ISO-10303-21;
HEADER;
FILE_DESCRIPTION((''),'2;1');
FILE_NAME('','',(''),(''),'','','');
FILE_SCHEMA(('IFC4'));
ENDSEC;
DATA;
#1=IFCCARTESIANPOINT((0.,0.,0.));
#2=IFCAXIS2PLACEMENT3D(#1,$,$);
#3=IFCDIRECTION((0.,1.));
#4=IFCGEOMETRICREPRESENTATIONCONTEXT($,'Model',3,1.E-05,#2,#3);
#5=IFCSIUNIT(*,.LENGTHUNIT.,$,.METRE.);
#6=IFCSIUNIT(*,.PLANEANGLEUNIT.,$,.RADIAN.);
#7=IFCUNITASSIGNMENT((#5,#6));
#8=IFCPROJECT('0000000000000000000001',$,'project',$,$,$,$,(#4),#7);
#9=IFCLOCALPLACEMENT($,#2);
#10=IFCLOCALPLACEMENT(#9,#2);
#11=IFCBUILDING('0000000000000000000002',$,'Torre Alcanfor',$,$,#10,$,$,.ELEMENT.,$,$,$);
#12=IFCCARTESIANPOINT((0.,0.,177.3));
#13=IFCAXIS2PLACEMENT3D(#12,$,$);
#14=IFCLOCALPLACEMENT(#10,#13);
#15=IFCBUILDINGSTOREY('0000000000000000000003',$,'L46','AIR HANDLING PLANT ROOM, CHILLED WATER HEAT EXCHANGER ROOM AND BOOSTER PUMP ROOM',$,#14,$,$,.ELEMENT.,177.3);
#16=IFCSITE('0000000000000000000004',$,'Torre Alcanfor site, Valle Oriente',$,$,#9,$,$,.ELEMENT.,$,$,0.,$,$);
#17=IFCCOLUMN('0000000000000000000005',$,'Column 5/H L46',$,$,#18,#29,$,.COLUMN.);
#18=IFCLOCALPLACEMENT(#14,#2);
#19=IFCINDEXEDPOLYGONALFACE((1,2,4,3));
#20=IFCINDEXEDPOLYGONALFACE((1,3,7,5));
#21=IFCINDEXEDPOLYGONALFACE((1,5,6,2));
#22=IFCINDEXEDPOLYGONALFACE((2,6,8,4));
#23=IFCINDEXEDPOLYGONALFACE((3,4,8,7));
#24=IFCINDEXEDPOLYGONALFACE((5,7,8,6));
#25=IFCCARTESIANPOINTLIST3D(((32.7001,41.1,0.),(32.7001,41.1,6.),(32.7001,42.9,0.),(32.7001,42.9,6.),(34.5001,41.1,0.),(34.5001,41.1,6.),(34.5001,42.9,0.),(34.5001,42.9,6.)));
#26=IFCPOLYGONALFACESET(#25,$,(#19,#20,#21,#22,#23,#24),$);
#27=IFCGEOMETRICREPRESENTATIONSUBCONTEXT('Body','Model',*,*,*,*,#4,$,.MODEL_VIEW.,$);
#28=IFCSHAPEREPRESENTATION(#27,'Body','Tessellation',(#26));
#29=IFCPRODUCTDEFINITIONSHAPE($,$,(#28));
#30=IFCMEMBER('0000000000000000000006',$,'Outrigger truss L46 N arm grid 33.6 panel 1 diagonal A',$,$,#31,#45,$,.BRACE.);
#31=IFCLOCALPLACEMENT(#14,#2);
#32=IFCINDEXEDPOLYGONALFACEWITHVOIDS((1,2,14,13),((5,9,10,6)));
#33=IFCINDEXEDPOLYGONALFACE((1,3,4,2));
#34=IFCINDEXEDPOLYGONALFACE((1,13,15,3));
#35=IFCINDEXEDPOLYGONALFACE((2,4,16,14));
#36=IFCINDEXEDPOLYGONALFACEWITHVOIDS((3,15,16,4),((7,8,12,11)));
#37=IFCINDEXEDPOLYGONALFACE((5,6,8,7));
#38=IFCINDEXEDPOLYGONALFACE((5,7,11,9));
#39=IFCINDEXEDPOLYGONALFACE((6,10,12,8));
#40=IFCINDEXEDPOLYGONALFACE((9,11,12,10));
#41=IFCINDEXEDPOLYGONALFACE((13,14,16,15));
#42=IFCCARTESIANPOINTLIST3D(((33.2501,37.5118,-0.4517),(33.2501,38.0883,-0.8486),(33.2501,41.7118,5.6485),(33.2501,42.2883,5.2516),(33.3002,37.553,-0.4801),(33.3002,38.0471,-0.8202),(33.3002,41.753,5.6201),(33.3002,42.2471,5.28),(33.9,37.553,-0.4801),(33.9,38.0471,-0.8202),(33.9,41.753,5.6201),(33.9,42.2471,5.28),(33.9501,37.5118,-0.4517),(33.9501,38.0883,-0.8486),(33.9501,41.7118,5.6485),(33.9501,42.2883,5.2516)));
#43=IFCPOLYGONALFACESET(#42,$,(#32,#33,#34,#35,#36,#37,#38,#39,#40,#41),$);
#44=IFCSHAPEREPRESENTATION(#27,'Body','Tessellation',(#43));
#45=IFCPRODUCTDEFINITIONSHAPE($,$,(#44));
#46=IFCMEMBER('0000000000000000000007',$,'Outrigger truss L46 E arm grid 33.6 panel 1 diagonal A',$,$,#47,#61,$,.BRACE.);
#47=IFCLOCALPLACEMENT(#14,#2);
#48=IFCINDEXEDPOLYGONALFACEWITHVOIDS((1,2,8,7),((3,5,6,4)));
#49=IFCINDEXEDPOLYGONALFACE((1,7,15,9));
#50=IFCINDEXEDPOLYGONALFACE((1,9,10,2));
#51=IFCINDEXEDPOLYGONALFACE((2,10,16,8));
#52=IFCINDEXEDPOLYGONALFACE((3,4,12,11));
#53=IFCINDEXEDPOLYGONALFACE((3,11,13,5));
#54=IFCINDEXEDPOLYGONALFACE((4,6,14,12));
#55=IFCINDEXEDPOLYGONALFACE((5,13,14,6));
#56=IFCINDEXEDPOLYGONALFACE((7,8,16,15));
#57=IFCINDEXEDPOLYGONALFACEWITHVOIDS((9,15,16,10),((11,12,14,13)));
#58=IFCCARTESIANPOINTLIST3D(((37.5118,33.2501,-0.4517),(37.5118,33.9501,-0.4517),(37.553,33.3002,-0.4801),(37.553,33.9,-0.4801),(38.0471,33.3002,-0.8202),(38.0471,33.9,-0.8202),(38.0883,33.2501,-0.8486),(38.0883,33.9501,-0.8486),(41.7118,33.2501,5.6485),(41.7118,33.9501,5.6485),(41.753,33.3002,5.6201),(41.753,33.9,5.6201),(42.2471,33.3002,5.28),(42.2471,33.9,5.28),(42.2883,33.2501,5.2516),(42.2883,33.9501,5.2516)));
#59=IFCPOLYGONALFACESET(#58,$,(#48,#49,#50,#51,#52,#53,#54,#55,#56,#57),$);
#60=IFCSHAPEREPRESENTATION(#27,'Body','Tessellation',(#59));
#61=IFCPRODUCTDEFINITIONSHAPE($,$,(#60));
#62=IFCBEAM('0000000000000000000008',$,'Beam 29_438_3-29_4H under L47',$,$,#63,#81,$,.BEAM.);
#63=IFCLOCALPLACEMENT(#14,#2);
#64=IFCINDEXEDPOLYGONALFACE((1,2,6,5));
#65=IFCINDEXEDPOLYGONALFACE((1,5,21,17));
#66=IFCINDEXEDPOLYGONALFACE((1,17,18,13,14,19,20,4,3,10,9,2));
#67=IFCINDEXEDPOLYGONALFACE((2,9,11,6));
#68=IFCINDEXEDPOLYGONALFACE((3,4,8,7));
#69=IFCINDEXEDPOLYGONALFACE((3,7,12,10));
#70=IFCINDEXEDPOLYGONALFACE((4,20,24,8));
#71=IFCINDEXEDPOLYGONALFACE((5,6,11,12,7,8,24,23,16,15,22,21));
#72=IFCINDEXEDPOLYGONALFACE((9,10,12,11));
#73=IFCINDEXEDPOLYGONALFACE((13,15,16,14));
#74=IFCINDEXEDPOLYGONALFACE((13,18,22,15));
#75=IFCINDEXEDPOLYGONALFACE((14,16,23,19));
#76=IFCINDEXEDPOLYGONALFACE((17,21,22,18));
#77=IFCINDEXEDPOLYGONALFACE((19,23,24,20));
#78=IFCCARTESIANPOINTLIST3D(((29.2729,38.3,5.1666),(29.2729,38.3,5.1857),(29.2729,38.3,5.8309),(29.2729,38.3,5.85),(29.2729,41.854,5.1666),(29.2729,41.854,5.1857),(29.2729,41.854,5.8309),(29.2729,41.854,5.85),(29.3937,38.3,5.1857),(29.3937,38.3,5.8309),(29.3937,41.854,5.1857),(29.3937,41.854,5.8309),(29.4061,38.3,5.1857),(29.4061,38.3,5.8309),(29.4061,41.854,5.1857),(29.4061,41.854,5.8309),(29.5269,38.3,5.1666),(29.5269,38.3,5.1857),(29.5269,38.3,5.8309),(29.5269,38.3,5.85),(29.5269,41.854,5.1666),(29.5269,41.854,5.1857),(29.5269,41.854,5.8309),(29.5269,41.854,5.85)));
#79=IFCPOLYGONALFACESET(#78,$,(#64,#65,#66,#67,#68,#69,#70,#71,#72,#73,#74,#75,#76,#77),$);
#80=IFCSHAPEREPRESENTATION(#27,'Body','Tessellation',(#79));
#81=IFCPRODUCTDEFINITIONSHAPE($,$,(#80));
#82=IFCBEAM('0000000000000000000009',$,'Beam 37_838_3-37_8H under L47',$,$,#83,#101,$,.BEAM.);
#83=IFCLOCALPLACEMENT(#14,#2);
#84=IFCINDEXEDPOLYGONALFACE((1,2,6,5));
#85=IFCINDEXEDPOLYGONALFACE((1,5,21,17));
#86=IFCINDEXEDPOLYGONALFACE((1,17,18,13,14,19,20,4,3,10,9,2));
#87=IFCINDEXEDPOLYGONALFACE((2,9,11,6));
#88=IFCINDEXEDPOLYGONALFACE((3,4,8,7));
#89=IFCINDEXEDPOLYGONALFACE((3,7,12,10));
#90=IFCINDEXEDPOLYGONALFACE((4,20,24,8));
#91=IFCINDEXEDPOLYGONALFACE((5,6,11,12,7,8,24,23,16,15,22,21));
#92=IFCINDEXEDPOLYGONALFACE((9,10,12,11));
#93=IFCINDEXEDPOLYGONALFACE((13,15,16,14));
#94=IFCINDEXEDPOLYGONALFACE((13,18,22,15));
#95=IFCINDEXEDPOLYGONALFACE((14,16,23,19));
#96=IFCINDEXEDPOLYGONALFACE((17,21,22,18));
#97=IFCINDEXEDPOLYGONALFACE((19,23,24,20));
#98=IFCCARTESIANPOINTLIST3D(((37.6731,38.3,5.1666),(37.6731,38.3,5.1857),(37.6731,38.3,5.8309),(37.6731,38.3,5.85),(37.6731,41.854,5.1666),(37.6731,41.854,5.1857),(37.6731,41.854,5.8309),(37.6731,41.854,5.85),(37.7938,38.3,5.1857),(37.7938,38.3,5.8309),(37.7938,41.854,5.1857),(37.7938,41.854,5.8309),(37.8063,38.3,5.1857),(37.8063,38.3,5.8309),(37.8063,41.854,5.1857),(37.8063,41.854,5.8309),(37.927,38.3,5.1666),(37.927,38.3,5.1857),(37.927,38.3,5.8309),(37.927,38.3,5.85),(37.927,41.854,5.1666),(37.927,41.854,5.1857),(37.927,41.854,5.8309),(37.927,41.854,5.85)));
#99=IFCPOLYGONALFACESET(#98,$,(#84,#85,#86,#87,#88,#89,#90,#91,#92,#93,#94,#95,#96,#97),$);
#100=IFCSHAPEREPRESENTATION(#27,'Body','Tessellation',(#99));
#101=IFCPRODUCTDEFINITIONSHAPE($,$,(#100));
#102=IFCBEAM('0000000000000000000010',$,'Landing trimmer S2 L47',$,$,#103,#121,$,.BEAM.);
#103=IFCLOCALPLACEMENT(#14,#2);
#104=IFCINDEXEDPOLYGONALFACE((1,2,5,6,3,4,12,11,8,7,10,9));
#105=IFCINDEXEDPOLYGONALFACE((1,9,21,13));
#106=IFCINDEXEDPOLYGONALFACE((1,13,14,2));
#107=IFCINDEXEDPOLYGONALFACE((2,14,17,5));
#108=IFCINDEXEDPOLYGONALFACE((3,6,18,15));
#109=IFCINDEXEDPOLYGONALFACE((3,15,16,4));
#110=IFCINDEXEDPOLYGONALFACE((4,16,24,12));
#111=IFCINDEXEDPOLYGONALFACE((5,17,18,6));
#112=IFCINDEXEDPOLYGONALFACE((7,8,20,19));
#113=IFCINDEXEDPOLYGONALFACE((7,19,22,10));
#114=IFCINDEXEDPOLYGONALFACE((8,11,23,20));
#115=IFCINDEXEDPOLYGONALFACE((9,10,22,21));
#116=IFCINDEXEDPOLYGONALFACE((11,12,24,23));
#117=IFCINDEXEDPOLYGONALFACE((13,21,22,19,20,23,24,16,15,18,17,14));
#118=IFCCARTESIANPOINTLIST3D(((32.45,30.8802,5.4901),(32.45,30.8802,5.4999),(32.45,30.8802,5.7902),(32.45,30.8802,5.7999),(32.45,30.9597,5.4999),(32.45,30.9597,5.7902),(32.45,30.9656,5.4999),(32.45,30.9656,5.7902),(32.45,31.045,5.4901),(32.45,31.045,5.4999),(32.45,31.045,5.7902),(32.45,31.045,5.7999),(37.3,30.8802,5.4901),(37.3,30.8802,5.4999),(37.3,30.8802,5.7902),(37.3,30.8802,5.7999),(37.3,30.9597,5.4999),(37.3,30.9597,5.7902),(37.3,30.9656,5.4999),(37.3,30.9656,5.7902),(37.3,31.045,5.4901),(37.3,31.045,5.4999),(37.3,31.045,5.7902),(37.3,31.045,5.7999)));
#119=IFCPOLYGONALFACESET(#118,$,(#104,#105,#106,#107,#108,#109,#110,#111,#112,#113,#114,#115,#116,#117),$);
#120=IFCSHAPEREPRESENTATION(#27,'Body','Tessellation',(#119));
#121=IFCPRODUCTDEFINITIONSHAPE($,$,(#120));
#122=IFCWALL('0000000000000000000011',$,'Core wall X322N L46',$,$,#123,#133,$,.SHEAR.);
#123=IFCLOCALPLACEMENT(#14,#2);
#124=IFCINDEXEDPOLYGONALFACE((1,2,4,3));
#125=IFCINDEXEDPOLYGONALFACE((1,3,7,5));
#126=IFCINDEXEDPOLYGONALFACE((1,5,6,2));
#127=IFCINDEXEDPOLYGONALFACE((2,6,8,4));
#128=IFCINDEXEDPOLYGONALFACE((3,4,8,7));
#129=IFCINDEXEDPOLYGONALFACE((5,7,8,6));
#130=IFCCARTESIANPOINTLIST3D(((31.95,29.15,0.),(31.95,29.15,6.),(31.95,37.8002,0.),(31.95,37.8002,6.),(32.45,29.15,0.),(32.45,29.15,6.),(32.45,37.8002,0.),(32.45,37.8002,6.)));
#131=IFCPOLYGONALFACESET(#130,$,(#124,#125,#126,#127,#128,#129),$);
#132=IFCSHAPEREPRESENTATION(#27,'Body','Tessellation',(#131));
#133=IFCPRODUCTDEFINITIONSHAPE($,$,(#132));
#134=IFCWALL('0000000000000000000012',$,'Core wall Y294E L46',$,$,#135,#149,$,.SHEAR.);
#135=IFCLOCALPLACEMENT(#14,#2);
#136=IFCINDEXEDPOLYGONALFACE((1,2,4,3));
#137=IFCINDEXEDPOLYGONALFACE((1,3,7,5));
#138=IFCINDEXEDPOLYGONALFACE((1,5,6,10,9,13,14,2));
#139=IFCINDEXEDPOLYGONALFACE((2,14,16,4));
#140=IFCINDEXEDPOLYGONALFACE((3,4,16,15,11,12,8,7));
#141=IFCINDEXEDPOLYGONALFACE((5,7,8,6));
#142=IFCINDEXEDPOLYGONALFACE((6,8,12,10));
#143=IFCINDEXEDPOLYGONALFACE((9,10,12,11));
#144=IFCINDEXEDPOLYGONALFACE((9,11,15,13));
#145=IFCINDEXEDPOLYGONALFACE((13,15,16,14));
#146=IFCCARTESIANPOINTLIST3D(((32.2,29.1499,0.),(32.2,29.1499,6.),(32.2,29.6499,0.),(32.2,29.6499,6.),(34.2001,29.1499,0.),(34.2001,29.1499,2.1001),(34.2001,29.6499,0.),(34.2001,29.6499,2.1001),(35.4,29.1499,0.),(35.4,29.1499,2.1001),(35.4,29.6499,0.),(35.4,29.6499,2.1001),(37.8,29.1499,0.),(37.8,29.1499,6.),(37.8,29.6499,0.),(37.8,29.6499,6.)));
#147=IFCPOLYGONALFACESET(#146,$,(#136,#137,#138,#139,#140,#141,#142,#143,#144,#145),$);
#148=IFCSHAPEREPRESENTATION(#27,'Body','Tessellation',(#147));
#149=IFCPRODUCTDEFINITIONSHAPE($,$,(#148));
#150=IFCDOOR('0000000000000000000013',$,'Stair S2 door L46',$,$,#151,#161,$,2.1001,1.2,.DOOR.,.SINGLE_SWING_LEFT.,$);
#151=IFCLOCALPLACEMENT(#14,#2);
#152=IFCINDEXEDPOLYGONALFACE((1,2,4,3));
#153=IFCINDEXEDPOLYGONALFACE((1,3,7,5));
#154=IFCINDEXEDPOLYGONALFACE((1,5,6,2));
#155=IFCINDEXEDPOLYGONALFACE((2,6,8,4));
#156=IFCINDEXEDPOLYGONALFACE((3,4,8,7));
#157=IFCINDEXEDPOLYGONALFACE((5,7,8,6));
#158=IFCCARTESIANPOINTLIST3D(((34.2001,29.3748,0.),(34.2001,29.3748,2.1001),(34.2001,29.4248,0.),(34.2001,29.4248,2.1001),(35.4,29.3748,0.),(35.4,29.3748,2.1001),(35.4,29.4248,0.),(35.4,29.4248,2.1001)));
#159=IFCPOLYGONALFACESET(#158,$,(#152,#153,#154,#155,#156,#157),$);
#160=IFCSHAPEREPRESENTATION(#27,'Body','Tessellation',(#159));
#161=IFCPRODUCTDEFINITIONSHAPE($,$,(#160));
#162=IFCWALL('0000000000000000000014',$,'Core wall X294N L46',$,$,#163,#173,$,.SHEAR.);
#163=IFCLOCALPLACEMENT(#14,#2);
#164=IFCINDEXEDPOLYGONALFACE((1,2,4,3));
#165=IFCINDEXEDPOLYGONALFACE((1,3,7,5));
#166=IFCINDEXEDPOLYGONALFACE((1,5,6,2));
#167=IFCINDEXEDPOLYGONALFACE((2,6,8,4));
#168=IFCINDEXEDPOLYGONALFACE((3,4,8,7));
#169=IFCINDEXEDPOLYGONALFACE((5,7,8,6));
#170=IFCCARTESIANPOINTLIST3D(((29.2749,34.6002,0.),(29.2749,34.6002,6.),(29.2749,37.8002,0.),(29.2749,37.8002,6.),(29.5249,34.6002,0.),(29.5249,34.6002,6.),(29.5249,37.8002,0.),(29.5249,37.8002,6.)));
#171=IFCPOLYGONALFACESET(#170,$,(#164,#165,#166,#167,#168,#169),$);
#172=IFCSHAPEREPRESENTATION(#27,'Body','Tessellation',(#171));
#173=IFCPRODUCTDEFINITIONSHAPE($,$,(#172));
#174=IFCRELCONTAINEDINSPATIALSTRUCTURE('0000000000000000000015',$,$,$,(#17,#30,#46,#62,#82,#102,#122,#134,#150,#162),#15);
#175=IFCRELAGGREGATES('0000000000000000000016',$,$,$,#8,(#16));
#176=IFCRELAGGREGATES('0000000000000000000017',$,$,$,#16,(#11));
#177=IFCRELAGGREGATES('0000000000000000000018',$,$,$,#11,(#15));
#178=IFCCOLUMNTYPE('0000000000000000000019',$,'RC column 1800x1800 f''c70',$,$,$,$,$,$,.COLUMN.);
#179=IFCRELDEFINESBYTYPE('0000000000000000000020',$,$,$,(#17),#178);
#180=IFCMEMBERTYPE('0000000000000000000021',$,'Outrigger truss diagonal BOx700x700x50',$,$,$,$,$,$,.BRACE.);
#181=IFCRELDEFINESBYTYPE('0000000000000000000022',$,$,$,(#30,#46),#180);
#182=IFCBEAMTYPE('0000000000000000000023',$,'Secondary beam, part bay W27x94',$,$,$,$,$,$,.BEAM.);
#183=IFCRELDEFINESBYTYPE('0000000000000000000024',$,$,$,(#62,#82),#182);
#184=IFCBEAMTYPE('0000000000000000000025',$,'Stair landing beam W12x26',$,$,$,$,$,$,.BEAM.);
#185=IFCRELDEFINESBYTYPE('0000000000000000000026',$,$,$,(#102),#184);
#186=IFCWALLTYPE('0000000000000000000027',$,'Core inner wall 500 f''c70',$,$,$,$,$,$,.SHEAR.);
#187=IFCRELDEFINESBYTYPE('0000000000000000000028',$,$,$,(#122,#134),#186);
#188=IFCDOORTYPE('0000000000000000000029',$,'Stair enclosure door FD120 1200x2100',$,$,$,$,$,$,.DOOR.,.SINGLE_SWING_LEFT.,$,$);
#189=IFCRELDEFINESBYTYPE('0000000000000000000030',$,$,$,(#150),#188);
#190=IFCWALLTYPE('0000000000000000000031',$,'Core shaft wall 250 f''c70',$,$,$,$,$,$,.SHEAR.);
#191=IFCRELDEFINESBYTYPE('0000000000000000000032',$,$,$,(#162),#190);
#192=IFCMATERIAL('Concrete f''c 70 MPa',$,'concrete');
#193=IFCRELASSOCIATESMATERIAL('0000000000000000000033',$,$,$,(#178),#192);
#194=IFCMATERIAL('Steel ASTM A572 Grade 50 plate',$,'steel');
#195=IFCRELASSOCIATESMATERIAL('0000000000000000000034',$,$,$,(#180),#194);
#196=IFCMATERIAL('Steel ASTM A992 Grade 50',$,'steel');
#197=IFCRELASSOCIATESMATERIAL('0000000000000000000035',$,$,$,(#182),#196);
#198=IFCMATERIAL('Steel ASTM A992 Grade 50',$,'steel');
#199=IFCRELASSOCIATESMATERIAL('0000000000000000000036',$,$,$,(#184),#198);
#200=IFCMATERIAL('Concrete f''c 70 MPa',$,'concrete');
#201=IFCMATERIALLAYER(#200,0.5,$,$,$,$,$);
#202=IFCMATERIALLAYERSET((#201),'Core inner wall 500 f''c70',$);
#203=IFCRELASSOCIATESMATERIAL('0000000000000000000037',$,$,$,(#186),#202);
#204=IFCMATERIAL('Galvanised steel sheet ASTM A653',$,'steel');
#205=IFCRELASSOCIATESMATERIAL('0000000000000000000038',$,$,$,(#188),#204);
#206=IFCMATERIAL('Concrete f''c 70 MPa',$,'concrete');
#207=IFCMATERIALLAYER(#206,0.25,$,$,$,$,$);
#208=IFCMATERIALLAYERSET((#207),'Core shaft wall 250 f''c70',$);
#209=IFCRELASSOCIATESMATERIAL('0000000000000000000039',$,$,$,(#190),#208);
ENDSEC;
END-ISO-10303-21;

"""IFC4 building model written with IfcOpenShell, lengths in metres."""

from ifc_helpers import new_model, si_unit, direction, frame, frame_2d, origin, origin_2d, place, context, subcontext, project, spatial, rectangle, hollow_rectangle, i_section, extrude, material, layer, layer_set, material_profile, profile_set, type_object, element, fill, save


model = new_model("IFC4")

# Units and contexts
model_context = context("Model", 3, precision=1e-05, world=origin(), true_north=direction((0.0, 1.0)))
body_context = subcontext(model_context, "Body", "Model", "MODEL_VIEW")
ifc_project = project(units=[si_unit("LENGTHUNIT", "METRE"), si_unit("PLANEANGLEUNIT", "RADIAN")], contexts=[model_context])

# Site, building, storey
site_placement = place(None, origin())
site = spatial("IfcSite", under=ifc_project, at=site_placement, Name="Torre Alcanfor site, Valle Oriente", CompositionType="ELEMENT", RefElevation=0.0)
building_placement = place(site_placement, origin())
building = spatial("IfcBuilding", under=site, at=building_placement, Name="Torre Alcanfor", CompositionType="ELEMENT")
storey_placement = place(building_placement, frame((0.0, 0.0, 177.3)))
storey = spatial("IfcBuildingStorey", under=building, at=storey_placement, Name="L46", Description="AIR HANDLING PLANT ROOM, CHILLED WATER HEAT EXCHANGER ROOM AND BOOSTER PUMP ROOM", CompositionType="ELEMENT", Elevation=177.3)

# Column
ifc_material_1 = material(Name="Concrete f'c 70 MPa", Category="concrete")
ifc_material_profile_1 = material_profile(ifc_material_1, rectangle(XDim=1.8, YDim=1.8, at=origin_2d()), Name="1800x1800")
ifc_profile_set_1 = profile_set([ifc_material_profile_1], Name="Concrete f'c 70 MPa")
column_type = type_object("IfcColumnType", Name="RC column 1800x1800 f'c70", PredefinedType="COLUMN", material=ifc_profile_set_1)
column_placement = place(storey_placement, frame((33.6001, 42.0, 0.0), z_axis=(0.0, 0.0, 1.0), x_axis=(1.0, 0.0, 0.0)))
element("IfcColumn", 1, at=column_placement, inside=storey, type_object=column_type, Name="Column 5/H L46", PredefinedType="COLUMN", context=body_context, shape_type="SweptSolid", body=[
    extrude(rectangle(XDim=1.8, YDim=1.8, at=origin_2d()), origin(), (0.0, 0.0, 1.0), 6.0),
])

# Members
ifc_material_2 = material(Name="Steel ASTM A572 Grade 50 plate", Category="steel")
ifc_material_profile_2 = material_profile(ifc_material_2, hollow_rectangle(XDim=0.7, YDim=0.7, WallThickness=0.05, at=origin_2d()), Name="BOX 700x700x50")
ifc_profile_set_2 = profile_set([ifc_material_profile_2], Name="Steel ASTM A572 Grade 50 plate")
member_type = type_object("IfcMemberType", Name="Outrigger truss diagonal BOx700x700x50", PredefinedType="BRACE", material=ifc_profile_set_2)
for number, where, z_axis, x_axis, name in (
    (2, (33.6001, 37.8, -0.6501), (0.0, 0.567091, 0.823655), (-1.0, 0.0, 0.0), "Outrigger truss L46 N arm grid 33.6 panel 1 diagonal A"),
    (3, (37.8, 33.6001, -0.6501), (0.567091, 0.0, 0.823655), (0.0, 1.0, 0.0), "Outrigger truss L46 E arm grid 33.6 panel 1 diagonal A"),
):
    element("IfcMember", number, at=place(storey_placement, frame(where, z_axis=z_axis, x_axis=x_axis)), inside=storey, type_object=member_type, Name=name, PredefinedType="BRACE", context=body_context, shape_type="SweptSolid", body=[
        extrude(hollow_rectangle(XDim=0.7, YDim=0.7, WallThickness=0.05, at=origin_2d()), origin(), (0.0, 0.0, 1.0), 7.4062),
    ])

# Beams
ifc_material_3 = material(Name="Steel ASTM A992 Grade 50", Category="steel")
ifc_material_profile_3 = material_profile(ifc_material_3, i_section(OverallWidth=0.2539, OverallDepth=0.6833, WebThickness=0.0125, FlangeThickness=0.019, at=origin_2d()), Name="W27x94")
ifc_profile_set_3 = profile_set([ifc_material_profile_3], Name="Steel ASTM A992 Grade 50")
beam_type_1 = type_object("IfcBeamType", Name="Secondary beam, part bay W27x94", PredefinedType="BEAM", material=ifc_profile_set_3)
for number, where, z_axis, x_axis, name in (
    (4, (29.3999, 38.3, 5.5083), (0.0, 1.0, 0.0), (-1.0, 0.0, 0.0), "Beam 29_438_3-29_4H under L47"),
    (5, (37.8, 38.3, 5.5083), (0.0, 1.0, 0.0), (-1.0, 0.0, 0.0), "Beam 37_838_3-37_8H under L47"),
):
    element("IfcBeam", number, at=place(storey_placement, frame(where, z_axis=z_axis, x_axis=x_axis)), inside=storey, type_object=beam_type_1, Name=name, PredefinedType="BEAM", context=body_context, shape_type="SweptSolid", body=[
        extrude(i_section(OverallWidth=0.2539, OverallDepth=0.6833, WebThickness=0.0125, FlangeThickness=0.019, at=origin_2d()), origin(), (0.0, 0.0, 1.0), 3.554),
    ])
ifc_material_4 = material(Name="Steel ASTM A992 Grade 50", Category="steel")
ifc_material_profile_4 = material_profile(ifc_material_4, i_section(OverallWidth=0.1648, OverallDepth=0.3098, WebThickness=0.0059, FlangeThickness=0.0098, at=origin_2d()), Name="W12x26")
ifc_profile_set_4 = profile_set([ifc_material_profile_4], Name="Steel ASTM A992 Grade 50")
beam_type_2 = type_object("IfcBeamType", Name="Stair landing beam W12x26", PredefinedType="BEAM", material=ifc_profile_set_4)
beam_placement = place(storey_placement, frame((32.45, 30.9626, 5.645), z_axis=(1.0, 0.0, 0.0), x_axis=(0.0, 1.0, 0.0)))
element("IfcBeam", 6, at=beam_placement, inside=storey, type_object=beam_type_2, Name="Landing trimmer S2 L47", PredefinedType="BEAM", context=body_context, shape_type="SweptSolid", body=[
    extrude(i_section(OverallWidth=0.1648, OverallDepth=0.3098, WebThickness=0.0059, FlangeThickness=0.0098, at=origin_2d()), origin(), (0.0, 0.0, 1.0), 4.8501),
])

# Wall
ifc_material_5 = material(Name="Concrete f'c 70 MPa", Category="concrete")
ifc_layer_1 = layer(ifc_material_5, 0.5)
ifc_layer_set_1 = layer_set([ifc_layer_1], Name="Core inner wall 500 f'c70")
wall_type_1 = type_object("IfcWallType", Name="Core inner wall 500 f'c70", PredefinedType="SHEAR", material=ifc_layer_set_1)
wall_1_placement = place(storey_placement, frame((32.2, 29.1499, 0.0), z_axis=(0.0, 0.0, 1.0), x_axis=(0.0, 1.0, 0.0)))
element("IfcWall", 7, at=wall_1_placement, inside=storey, type_object=wall_type_1, Name="Core wall X322N L46", PredefinedType="SHEAR", context=body_context, shape_type="SweptSolid", body=[
    extrude(rectangle(XDim=8.6501, YDim=0.5, at=frame_2d((4.3252, 0.0))), origin(), (0.0, 0.0, 1.0), 6.0),
])

# Wall, opening, door
wall_2_placement = place(storey_placement, frame((32.2, 29.3999, 0.0), z_axis=(0.0, 0.0, 1.0), x_axis=(1.0, 0.0, 0.0)))
wall_2 = element("IfcWall", 8, at=wall_2_placement, inside=storey, type_object=wall_type_1, Name="Core wall Y294E L46", PredefinedType="SHEAR", context=body_context, shape_type="SweptSolid", body=[
    extrude(rectangle(XDim=5.6001, YDim=0.5, at=frame_2d((2.8, 0.0))), origin(), (0.0, 0.0, 1.0), 6.0),
])
opening_1_placement = place(wall_2_placement, frame((2.0, 0.0, 0.0)))
opening_1 = element("IfcOpeningElement", 9, at=opening_1_placement, cuts=wall_2, PredefinedType="OPENING", context=body_context, shape_type="SweptSolid", body=[
    extrude(rectangle(XDim=1.2, YDim=2.1001, at=frame_2d((0.6001, 1.05))), frame((0.0, 0.26, 0.0), z_axis=(0.0, -1.0, 0.0), x_axis=(1.0, 0.0, 0.0)), (0.0, 0.0, 1.0), 0.52),
])
ifc_material_6 = material(Name="Galvanised steel sheet ASTM A653", Category="steel")
door_type_1 = type_object("IfcDoorType", Name="Stair enclosure door FD120 1200x2100", OperationType="SINGLE_SWING_LEFT", PredefinedType="DOOR", material=ifc_material_6)
door_1_placement = place(opening_1_placement, origin())
door_1 = element("IfcDoor", 10, at=door_1_placement, inside=storey, type_object=door_type_1, Name="Stair S2 door L46", OperationType="SINGLE_SWING_LEFT", OverallHeight=2.1001, OverallWidth=1.2, PredefinedType="DOOR", context=body_context, shape_type="SweptSolid", body=[
    extrude(rectangle(XDim=1.2, YDim=2.1001, at=frame_2d((0.6001, 1.05))), frame((0.0, 0.0249, 0.0), z_axis=(0.0, -1.0, 0.0), x_axis=(1.0, 0.0, 0.0)), (0.0, 0.0, 1.0), 0.05),
])
fill(opening_1, door_1)

# Wall
ifc_material_7 = material(Name="Concrete f'c 70 MPa", Category="concrete")
ifc_layer_2 = layer(ifc_material_7, 0.25)
ifc_layer_set_2 = layer_set([ifc_layer_2], Name="Core shaft wall 250 f'c70")
wall_type_2 = type_object("IfcWallType", Name="Core shaft wall 250 f'c70", PredefinedType="SHEAR", material=ifc_layer_set_2)
wall_3_placement = place(storey_placement, frame((29.3999, 34.6001, 0.0), z_axis=(0.0, 0.0, 1.0), x_axis=(0.0, 1.0, 0.0)))
element("IfcWall", 11, at=wall_3_placement, inside=storey, type_object=wall_type_2, Name="Core wall X294N L46", PredefinedType="SHEAR", context=body_context, shape_type="SweptSolid", body=[
    extrude(rectangle(XDim=3.2, YDim=0.25, at=frame_2d((1.6001, 0.0))), origin(), (0.0, 0.0, 1.0), 6.0),
])

save(model, "model.ifc")
